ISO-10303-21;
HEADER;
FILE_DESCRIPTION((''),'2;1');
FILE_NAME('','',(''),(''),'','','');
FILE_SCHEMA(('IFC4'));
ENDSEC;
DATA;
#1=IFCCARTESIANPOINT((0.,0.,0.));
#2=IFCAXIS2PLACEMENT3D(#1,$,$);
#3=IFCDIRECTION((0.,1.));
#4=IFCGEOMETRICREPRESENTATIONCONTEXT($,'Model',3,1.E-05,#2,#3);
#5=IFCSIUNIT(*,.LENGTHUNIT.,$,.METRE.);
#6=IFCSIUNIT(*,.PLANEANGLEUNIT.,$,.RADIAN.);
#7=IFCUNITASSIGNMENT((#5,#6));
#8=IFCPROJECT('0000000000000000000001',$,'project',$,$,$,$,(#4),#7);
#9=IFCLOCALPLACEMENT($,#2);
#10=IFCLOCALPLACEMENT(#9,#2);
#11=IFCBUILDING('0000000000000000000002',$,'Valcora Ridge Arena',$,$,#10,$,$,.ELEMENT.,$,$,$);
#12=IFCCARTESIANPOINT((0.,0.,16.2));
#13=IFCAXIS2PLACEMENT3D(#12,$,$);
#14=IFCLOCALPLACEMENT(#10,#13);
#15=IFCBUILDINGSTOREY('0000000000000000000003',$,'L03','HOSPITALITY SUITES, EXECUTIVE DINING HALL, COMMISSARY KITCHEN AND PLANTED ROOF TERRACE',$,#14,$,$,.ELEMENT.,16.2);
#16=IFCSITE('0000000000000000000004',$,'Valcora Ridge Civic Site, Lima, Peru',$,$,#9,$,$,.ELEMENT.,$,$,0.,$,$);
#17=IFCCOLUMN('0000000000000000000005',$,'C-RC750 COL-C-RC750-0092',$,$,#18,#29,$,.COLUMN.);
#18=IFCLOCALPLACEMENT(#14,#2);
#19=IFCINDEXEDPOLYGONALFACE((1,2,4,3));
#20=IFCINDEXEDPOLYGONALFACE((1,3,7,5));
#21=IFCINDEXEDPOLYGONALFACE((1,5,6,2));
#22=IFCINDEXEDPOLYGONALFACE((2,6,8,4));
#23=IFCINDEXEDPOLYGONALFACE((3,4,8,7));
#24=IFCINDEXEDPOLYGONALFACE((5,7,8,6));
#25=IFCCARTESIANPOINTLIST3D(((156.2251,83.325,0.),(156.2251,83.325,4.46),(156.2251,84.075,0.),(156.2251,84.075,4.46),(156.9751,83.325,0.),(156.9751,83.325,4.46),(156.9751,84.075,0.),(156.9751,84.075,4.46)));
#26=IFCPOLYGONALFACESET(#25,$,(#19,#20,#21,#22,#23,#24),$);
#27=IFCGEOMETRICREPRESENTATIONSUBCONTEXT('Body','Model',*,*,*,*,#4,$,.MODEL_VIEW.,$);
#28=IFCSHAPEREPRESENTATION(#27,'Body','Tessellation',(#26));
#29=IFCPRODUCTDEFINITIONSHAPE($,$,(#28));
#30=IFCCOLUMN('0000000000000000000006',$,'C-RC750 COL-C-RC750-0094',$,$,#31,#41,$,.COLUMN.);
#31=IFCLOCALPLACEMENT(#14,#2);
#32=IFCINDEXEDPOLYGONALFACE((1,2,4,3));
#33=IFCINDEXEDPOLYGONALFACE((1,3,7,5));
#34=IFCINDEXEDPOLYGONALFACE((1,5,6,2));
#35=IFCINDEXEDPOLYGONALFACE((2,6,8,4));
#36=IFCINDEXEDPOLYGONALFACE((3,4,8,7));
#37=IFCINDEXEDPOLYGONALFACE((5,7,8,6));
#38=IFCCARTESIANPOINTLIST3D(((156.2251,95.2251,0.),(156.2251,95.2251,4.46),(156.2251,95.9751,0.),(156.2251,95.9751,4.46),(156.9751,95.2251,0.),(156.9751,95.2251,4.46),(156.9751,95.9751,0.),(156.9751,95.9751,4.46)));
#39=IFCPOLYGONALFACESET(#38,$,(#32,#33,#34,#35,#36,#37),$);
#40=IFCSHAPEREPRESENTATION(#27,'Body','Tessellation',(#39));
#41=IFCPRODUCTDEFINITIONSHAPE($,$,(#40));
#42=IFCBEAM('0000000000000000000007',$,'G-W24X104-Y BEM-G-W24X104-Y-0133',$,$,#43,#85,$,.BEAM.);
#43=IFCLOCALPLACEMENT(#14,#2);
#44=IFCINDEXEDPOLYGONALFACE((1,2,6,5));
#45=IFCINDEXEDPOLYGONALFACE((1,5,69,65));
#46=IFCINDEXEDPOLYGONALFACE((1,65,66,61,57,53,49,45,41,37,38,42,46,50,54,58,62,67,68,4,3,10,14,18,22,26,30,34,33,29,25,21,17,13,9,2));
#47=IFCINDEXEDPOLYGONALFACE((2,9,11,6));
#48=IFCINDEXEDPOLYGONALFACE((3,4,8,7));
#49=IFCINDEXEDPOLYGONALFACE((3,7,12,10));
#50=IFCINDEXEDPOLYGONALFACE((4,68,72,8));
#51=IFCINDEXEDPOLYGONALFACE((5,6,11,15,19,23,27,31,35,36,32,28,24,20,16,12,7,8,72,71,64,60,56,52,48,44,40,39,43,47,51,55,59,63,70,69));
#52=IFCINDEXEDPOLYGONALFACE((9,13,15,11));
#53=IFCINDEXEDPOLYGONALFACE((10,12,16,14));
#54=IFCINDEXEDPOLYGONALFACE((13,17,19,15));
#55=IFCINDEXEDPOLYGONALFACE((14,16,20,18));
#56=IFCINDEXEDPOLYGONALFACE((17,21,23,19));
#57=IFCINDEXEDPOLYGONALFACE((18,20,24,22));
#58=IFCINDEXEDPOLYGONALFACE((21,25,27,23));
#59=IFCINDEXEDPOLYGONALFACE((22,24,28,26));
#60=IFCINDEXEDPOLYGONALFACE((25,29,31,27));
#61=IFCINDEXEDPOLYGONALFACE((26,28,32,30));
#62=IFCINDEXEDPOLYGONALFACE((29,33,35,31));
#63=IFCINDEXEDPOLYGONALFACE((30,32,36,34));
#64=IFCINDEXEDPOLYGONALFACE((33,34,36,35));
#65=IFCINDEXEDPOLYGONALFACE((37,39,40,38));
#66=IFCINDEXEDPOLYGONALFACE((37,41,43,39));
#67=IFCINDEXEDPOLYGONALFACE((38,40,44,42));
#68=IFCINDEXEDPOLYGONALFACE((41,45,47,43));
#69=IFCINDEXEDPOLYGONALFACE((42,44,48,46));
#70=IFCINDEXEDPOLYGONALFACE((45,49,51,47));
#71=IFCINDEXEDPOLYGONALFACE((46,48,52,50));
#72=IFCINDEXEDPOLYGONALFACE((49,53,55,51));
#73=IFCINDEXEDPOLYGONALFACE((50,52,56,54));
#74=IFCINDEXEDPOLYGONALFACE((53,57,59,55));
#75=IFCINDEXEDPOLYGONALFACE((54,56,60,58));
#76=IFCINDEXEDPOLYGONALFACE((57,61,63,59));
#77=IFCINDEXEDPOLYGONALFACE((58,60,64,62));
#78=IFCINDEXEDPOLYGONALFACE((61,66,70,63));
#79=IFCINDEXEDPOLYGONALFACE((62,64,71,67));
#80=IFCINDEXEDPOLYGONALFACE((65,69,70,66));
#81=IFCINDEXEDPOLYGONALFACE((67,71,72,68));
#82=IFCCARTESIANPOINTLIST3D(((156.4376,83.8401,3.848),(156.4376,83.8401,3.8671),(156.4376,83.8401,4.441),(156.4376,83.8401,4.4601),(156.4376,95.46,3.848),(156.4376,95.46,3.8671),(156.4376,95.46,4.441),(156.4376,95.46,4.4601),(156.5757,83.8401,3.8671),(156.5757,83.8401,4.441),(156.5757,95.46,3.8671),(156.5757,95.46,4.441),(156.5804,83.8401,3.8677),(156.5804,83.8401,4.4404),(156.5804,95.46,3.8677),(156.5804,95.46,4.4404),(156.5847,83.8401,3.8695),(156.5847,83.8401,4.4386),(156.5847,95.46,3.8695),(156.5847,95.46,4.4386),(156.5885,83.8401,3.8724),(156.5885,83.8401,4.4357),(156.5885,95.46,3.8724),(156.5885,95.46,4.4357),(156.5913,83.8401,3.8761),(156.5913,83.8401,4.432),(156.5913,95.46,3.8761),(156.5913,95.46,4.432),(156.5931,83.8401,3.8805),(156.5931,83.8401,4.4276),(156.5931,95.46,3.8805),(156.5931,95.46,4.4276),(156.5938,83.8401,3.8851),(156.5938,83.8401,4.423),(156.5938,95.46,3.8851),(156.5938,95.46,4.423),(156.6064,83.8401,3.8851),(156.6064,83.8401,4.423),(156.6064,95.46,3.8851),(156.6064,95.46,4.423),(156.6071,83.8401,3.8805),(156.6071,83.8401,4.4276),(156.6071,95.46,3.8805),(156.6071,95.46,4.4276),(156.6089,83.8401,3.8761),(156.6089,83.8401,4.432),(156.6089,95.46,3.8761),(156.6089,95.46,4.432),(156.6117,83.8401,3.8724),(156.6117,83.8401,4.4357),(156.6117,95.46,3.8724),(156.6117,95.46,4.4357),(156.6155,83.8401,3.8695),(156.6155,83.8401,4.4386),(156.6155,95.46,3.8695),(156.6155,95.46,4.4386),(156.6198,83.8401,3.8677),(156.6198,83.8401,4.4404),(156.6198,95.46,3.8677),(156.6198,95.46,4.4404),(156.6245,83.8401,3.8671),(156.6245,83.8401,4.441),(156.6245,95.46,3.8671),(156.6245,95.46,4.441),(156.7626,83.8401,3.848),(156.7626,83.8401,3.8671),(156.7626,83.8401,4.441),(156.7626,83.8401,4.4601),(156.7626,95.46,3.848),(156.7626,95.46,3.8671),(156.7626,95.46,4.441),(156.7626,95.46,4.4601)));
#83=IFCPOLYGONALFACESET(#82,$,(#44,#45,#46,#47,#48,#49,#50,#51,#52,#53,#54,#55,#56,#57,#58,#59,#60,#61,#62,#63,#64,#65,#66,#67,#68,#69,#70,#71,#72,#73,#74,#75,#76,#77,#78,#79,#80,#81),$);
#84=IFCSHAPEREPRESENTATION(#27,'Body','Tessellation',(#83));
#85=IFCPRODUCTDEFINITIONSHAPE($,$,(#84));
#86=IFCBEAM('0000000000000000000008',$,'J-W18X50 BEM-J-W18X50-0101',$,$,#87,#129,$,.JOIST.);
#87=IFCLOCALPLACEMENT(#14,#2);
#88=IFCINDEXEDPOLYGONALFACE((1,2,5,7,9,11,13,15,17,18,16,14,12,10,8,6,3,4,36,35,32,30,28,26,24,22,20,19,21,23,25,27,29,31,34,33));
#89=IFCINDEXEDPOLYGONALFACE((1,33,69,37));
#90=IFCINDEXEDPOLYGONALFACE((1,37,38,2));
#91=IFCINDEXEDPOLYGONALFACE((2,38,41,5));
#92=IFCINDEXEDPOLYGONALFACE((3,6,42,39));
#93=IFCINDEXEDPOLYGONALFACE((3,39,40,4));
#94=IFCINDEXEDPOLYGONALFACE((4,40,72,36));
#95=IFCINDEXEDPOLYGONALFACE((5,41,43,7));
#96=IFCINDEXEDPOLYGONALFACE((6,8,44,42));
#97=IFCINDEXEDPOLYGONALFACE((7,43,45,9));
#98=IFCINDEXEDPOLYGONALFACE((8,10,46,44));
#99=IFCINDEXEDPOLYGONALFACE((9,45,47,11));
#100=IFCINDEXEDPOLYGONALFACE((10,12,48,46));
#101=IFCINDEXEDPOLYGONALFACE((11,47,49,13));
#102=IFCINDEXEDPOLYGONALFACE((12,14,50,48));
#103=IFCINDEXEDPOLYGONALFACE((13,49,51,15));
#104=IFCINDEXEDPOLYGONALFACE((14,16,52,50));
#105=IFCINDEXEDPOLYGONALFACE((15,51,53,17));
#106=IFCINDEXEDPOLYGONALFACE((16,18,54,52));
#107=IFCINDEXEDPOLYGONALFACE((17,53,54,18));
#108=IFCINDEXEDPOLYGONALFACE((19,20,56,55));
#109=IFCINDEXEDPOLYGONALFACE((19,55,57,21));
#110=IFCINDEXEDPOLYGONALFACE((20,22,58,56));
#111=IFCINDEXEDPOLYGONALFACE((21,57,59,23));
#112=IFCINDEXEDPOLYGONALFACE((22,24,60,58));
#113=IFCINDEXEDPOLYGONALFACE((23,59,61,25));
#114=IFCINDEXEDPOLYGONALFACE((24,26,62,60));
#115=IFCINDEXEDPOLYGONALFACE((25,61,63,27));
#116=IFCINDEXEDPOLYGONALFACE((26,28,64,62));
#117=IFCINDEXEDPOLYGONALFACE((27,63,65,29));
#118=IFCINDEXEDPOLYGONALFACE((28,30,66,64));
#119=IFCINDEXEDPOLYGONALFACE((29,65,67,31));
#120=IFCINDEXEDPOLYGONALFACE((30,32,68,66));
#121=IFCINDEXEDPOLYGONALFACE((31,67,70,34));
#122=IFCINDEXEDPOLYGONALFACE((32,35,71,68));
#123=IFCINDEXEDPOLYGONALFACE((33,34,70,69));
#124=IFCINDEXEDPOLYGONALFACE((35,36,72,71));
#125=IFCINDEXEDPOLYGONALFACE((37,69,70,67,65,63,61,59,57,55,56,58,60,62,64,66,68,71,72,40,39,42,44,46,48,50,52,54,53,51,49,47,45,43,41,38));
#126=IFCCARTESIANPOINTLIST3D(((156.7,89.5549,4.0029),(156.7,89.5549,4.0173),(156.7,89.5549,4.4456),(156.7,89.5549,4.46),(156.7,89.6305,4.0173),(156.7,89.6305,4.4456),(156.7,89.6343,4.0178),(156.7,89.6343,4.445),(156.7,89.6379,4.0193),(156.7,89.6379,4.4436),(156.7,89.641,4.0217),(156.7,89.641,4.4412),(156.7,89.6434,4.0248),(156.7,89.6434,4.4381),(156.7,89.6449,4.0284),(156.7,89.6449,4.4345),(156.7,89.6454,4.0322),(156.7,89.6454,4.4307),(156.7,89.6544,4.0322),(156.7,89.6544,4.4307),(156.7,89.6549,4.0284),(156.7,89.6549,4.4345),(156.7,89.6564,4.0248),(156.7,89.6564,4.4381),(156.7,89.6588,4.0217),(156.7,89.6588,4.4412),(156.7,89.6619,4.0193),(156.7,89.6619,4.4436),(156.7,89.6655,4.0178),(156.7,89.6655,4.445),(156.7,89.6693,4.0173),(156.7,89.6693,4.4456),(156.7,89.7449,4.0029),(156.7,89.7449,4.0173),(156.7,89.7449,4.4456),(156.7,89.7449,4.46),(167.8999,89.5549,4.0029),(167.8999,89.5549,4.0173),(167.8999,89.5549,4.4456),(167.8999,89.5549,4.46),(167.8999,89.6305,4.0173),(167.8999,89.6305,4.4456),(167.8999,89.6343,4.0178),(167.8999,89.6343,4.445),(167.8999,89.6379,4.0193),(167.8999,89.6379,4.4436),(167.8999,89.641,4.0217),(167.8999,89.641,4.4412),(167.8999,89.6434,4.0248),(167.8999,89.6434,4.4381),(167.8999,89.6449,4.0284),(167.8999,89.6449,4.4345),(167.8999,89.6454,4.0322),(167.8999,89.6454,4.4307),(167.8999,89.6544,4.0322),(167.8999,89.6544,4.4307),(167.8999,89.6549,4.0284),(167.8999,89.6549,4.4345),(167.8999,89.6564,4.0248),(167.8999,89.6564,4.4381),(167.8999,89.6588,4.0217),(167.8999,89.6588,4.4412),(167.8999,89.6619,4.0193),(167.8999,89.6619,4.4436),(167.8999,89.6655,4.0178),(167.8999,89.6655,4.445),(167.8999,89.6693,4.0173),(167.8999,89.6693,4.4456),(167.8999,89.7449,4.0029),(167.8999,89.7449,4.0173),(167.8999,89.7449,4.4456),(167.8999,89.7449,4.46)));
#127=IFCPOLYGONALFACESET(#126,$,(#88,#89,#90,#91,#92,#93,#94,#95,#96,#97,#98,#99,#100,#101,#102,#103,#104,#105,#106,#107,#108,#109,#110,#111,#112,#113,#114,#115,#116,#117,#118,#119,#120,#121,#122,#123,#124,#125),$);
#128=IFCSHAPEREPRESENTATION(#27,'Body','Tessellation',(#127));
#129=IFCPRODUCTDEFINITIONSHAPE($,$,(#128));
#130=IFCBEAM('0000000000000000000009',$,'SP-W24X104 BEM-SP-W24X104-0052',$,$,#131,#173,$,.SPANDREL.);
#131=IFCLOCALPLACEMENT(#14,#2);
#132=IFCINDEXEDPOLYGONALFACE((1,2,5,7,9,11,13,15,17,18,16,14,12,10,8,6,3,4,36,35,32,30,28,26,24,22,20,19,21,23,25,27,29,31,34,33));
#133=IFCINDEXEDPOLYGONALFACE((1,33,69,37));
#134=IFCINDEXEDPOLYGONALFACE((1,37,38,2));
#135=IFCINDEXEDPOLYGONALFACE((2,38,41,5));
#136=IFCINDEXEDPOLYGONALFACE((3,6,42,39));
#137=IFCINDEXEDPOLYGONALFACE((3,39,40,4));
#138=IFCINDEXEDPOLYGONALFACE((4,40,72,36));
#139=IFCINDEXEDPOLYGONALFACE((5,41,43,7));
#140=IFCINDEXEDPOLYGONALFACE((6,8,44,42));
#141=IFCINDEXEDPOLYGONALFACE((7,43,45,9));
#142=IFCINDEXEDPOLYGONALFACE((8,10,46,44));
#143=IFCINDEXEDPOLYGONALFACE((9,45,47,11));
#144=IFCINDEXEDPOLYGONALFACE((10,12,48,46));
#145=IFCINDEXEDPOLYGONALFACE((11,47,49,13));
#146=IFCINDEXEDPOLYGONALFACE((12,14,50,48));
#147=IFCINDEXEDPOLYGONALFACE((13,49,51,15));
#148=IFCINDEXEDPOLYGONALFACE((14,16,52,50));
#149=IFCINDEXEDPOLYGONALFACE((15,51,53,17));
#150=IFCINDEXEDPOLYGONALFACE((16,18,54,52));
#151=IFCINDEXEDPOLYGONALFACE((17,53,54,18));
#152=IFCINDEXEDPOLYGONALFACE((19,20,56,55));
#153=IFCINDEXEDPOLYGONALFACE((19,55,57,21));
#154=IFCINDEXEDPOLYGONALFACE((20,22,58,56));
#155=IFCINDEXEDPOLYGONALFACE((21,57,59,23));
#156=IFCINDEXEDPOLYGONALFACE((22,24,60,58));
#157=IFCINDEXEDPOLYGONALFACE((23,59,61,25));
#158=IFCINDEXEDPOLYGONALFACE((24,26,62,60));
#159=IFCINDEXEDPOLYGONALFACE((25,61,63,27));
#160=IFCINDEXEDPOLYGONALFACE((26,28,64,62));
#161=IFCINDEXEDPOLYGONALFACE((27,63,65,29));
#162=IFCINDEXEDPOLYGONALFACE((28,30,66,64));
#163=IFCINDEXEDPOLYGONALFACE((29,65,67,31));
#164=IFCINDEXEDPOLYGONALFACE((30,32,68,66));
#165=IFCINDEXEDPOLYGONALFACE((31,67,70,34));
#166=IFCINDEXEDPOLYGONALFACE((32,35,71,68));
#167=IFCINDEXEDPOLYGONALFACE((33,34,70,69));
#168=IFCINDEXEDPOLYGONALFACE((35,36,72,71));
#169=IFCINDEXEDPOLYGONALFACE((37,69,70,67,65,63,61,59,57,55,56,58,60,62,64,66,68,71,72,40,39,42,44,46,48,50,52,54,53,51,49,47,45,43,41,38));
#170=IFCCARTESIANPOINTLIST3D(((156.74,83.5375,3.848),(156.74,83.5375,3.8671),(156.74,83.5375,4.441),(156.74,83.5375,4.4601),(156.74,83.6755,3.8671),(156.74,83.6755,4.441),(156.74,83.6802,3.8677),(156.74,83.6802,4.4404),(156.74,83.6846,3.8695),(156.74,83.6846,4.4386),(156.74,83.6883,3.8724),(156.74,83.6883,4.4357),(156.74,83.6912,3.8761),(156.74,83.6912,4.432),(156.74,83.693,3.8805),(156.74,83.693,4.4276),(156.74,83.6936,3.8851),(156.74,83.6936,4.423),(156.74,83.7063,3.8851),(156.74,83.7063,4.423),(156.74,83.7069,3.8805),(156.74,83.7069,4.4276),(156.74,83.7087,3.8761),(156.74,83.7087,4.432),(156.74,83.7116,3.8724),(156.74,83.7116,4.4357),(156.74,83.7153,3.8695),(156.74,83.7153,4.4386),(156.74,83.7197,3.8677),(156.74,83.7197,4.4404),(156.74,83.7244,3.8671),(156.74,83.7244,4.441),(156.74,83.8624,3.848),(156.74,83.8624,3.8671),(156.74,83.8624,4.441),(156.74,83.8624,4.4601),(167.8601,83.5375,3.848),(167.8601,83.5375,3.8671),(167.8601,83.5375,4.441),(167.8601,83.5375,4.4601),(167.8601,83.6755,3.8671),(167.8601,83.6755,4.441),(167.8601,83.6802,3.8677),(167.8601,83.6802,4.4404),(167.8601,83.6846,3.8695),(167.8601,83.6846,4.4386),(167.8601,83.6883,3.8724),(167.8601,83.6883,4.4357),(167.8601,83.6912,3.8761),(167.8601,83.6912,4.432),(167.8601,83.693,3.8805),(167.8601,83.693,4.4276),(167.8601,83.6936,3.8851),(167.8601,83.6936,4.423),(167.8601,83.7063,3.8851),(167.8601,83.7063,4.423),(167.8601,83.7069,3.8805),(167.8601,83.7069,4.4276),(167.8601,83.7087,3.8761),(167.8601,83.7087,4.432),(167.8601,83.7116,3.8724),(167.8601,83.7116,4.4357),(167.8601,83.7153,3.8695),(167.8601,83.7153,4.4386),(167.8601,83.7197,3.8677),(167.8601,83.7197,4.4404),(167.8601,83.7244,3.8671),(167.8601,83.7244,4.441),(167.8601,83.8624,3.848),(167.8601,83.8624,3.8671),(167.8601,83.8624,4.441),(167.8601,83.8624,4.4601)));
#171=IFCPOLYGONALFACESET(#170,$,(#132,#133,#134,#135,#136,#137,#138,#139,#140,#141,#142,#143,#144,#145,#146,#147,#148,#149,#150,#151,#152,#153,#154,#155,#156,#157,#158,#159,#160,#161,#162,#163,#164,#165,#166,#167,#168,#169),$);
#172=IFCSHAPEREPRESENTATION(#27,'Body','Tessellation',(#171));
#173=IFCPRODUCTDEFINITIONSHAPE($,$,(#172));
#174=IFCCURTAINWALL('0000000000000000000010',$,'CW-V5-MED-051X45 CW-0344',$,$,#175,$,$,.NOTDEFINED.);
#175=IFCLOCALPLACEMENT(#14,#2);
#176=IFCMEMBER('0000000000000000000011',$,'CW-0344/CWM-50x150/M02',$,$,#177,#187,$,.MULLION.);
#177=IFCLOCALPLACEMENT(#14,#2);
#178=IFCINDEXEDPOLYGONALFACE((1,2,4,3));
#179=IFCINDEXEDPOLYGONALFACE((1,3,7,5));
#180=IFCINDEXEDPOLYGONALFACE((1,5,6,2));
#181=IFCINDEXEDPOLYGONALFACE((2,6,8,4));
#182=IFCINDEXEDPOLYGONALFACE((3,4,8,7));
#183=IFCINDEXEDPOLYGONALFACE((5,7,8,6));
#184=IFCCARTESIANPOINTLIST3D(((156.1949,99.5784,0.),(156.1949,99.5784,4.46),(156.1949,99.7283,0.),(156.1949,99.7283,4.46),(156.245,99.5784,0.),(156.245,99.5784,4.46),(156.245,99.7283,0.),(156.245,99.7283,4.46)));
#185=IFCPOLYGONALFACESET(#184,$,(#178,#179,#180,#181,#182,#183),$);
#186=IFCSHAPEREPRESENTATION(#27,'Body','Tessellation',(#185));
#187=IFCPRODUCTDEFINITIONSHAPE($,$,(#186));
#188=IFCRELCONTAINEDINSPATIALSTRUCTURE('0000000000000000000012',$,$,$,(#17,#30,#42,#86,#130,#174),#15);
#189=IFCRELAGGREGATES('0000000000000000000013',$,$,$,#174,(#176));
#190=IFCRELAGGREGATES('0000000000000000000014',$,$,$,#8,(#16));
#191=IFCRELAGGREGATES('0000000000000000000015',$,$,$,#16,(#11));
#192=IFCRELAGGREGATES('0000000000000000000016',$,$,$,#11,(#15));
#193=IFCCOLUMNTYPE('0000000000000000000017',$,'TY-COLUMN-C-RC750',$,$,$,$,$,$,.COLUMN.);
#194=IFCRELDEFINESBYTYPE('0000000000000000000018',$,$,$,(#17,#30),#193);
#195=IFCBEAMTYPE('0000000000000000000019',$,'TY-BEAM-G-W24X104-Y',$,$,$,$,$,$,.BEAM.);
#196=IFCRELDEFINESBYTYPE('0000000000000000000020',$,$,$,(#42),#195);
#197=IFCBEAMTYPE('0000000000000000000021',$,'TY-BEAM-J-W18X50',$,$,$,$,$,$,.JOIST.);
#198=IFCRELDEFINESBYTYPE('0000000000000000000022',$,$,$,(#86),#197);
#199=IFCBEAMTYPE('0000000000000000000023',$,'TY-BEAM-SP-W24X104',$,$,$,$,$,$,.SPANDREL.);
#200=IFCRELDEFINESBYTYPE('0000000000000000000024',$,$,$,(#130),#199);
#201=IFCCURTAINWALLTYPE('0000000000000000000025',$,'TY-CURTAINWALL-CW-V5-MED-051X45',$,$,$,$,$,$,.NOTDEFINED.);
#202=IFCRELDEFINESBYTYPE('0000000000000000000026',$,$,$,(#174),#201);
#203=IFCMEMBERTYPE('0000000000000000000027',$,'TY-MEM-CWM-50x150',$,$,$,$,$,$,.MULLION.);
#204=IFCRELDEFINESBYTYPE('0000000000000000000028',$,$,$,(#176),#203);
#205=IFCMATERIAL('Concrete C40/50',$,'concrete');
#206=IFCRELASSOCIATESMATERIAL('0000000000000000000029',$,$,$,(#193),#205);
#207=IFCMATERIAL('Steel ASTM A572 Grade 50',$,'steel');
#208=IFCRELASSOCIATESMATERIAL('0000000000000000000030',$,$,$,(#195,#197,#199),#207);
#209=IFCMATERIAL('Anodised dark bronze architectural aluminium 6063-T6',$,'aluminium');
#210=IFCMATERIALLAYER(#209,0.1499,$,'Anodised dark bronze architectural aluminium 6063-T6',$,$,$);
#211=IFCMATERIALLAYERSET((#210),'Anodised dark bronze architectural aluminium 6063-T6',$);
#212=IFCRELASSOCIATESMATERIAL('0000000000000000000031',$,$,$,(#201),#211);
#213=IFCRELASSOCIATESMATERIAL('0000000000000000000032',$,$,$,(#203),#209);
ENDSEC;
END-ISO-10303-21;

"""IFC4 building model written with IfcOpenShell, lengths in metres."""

from ifc_helpers import new_model, si_unit, direction, frame, origin, origin_2d, place, context, subcontext, project, spatial, rectangle, i_section, extrude, material, layer, layer_set, material_profile, profile_set, type_object, element, aggregate, save


model = new_model("IFC4")

# Units and contexts
model_context = context("Model", 3, precision=1e-05, world=origin(), true_north=direction((0.0, 1.0)))
body_context = subcontext(model_context, "Body", "Model", "MODEL_VIEW")
ifc_project = project(units=[si_unit("LENGTHUNIT", "METRE"), si_unit("PLANEANGLEUNIT", "RADIAN")], contexts=[model_context])

# Site, building, storey
site_placement = place(None, origin())
site = spatial("IfcSite", under=ifc_project, at=site_placement, Name="Valcora Ridge Civic Site, Lima, Peru", CompositionType="ELEMENT", RefElevation=0.0)
building_placement = place(site_placement, origin())
building = spatial("IfcBuilding", under=site, at=building_placement, Name="Valcora Ridge Arena", CompositionType="ELEMENT")
storey_placement = place(building_placement, frame((0.0, 0.0, 16.2)))
storey = spatial("IfcBuildingStorey", under=building, at=storey_placement, Name="L03", Description="HOSPITALITY SUITES, EXECUTIVE DINING HALL, COMMISSARY KITCHEN AND PLANTED ROOF TERRACE", CompositionType="ELEMENT", Elevation=16.2)

# Columns
ifc_material_1 = material(Name="Concrete C40/50", Category="concrete")
ifc_material_profile_1 = material_profile(ifc_material_1, rectangle(XDim=0.75, YDim=0.75, at=origin_2d()), Name="RC 750x750")
ifc_profile_set_1 = profile_set([ifc_material_profile_1], Name="Concrete C40/50")
column_type = type_object("IfcColumnType", Name="TY-COLUMN-C-RC750", PredefinedType="COLUMN", material=ifc_profile_set_1)
for number, where, z_axis, x_axis, name in (
    (1, (156.6001, 83.7, 0.0), (0.0, 0.0, 1.0), (1.0, 0.0, 0.0), "C-RC750 COL-C-RC750-0092"),
    (2, (156.6001, 95.6001, 0.0), (0.0, 0.0, 1.0), (1.0, 0.0, 0.0), "C-RC750 COL-C-RC750-0094"),
):
    element("IfcColumn", number, at=place(storey_placement, frame(where, z_axis=z_axis, x_axis=x_axis)), inside=storey, type_object=column_type, Name=name, PredefinedType="COLUMN", context=body_context, shape_type="SweptSolid", body=[
        extrude(rectangle(XDim=0.75, YDim=0.75, at=origin_2d()), origin(), (0.0, 0.0, 1.0), 4.46),
    ])

# Beams
ifc_material_2 = material(Name="Steel ASTM A572 Grade 50", Category="steel")
ifc_material_profile_2 = material_profile(ifc_material_2, i_section(OverallWidth=0.325, OverallDepth=0.6121, WebThickness=0.0127, FlangeThickness=0.019, FilletRadius=0.0181, at=origin_2d()), Name="W24X104")
ifc_profile_set_2 = profile_set([ifc_material_profile_2], Name="Steel ASTM A572 Grade 50")
beam_type_1 = type_object("IfcBeamType", Name="TY-BEAM-G-W24X104-Y", PredefinedType="BEAM", material=ifc_profile_set_2)
beam_1_placement = place(storey_placement, frame((156.6001, 83.8401, 4.1541), z_axis=(0.0, 1.0, 0.0), x_axis=(-1.0, 0.0, 0.0)))
element("IfcBeam", 3, at=beam_1_placement, inside=storey, type_object=beam_type_1, Name="G-W24X104-Y BEM-G-W24X104-Y-0133", PredefinedType="BEAM", context=body_context, shape_type="SweptSolid", body=[
    extrude(i_section(OverallWidth=0.325, OverallDepth=0.6121, WebThickness=0.0127, FlangeThickness=0.019, FilletRadius=0.0181, at=origin_2d()), origin(), (0.0, 0.0, 1.0), 11.6199),
])
ifc_material_profile_3 = material_profile(ifc_material_2, i_section(OverallWidth=0.1899, OverallDepth=0.457, WebThickness=0.009, FlangeThickness=0.0144, FilletRadius=0.0149, at=origin_2d()), Name="W18X50")
ifc_profile_set_3 = profile_set([ifc_material_profile_3], Name="Steel ASTM A572 Grade 50")
beam_type_2 = type_object("IfcBeamType", Name="TY-BEAM-J-W18X50", PredefinedType="JOIST", material=ifc_profile_set_3)
beam_2_placement = place(storey_placement, frame((156.7, 89.6499, 4.2314), z_axis=(1.0, 0.0, 0.0), x_axis=(0.0, 1.0, 0.0)))
element("IfcBeam", 4, at=beam_2_placement, inside=storey, type_object=beam_type_2, Name="J-W18X50 BEM-J-W18X50-0101", PredefinedType="JOIST", context=body_context, shape_type="SweptSolid", body=[
    extrude(i_section(OverallWidth=0.1899, OverallDepth=0.457, WebThickness=0.009, FlangeThickness=0.0144, FilletRadius=0.0149, at=origin_2d()), origin(), (0.0, 0.0, 1.0), 11.2),
])
ifc_material_profile_4 = material_profile(ifc_material_2, i_section(OverallWidth=0.325, OverallDepth=0.6121, WebThickness=0.0127, FlangeThickness=0.019, FilletRadius=0.0181, at=origin_2d()), Name="W24X104")
ifc_profile_set_4 = profile_set([ifc_material_profile_4], Name="Steel ASTM A572 Grade 50")
beam_type_3 = type_object("IfcBeamType", Name="TY-BEAM-SP-W24X104", PredefinedType="SPANDREL", material=ifc_profile_set_4)
beam_3_placement = place(storey_placement, frame((156.74, 83.7, 4.1541), z_axis=(1.0, 0.0, 0.0), x_axis=(0.0, 1.0, 0.0)))
element("IfcBeam", 5, at=beam_3_placement, inside=storey, type_object=beam_type_3, Name="SP-W24X104 BEM-SP-W24X104-0052", PredefinedType="SPANDREL", context=body_context, shape_type="SweptSolid", body=[
    extrude(i_section(OverallWidth=0.325, OverallDepth=0.6121, WebThickness=0.0127, FlangeThickness=0.019, FilletRadius=0.0181, at=origin_2d()), origin(), (0.0, 0.0, 1.0), 11.1201),
])

# Curtain wall, member
ifc_material_3 = material(Name="Anodised dark bronze architectural aluminium 6063-T6", Category="aluminium")
ifc_layer_1 = layer(ifc_material_3, 0.1499, Name="Anodised dark bronze architectural aluminium 6063-T6")
ifc_layer_set_1 = layer_set([ifc_layer_1], Name="Anodised dark bronze architectural aluminium 6063-T6")
curtain_wall_type_1 = type_object("IfcCurtainWallType", Name="TY-CURTAINWALL-CW-V5-MED-051X45", PredefinedType="NOTDEFINED", material=ifc_layer_set_1)
curtain_wall_1_placement = place(storey_placement, origin())
curtain_wall_1 = element("IfcCurtainWall", 6, at=curtain_wall_1_placement, inside=storey, type_object=curtain_wall_type_1, Name="CW-V5-MED-051X45 CW-0344", PredefinedType="NOTDEFINED")
ifc_material_profile_5 = material_profile(ifc_material_3, rectangle(XDim=0.05, YDim=0.1499, at=origin_2d()), Name="ALU MULLION 50x150")
ifc_profile_set_5 = profile_set([ifc_material_profile_5], Name="Anodised dark bronze architectural aluminium 6063-T6")
member_type_1 = type_object("IfcMemberType", Name="TY-MEM-CWM-50x150", PredefinedType="MULLION", material=ifc_profile_set_5)
member_1_placement = place(storey_placement, frame((156.22, 99.6533, 0.0), z_axis=(0.0, 0.0, 1.0), x_axis=(-1.0, 0.0, 0.0)))
member_1 = element("IfcMember", 7, at=member_1_placement, type_object=member_type_1, Name="CW-0344/CWM-50x150/M02", PredefinedType="MULLION", context=body_context, shape_type="SweptSolid", body=[
    extrude(rectangle(XDim=0.05, YDim=0.1499, at=origin_2d()), origin(), (0.0, 0.0, 1.0), 4.46),
])

aggregate(curtain_wall_1, [member_1])

save(model, "model.ifc")
